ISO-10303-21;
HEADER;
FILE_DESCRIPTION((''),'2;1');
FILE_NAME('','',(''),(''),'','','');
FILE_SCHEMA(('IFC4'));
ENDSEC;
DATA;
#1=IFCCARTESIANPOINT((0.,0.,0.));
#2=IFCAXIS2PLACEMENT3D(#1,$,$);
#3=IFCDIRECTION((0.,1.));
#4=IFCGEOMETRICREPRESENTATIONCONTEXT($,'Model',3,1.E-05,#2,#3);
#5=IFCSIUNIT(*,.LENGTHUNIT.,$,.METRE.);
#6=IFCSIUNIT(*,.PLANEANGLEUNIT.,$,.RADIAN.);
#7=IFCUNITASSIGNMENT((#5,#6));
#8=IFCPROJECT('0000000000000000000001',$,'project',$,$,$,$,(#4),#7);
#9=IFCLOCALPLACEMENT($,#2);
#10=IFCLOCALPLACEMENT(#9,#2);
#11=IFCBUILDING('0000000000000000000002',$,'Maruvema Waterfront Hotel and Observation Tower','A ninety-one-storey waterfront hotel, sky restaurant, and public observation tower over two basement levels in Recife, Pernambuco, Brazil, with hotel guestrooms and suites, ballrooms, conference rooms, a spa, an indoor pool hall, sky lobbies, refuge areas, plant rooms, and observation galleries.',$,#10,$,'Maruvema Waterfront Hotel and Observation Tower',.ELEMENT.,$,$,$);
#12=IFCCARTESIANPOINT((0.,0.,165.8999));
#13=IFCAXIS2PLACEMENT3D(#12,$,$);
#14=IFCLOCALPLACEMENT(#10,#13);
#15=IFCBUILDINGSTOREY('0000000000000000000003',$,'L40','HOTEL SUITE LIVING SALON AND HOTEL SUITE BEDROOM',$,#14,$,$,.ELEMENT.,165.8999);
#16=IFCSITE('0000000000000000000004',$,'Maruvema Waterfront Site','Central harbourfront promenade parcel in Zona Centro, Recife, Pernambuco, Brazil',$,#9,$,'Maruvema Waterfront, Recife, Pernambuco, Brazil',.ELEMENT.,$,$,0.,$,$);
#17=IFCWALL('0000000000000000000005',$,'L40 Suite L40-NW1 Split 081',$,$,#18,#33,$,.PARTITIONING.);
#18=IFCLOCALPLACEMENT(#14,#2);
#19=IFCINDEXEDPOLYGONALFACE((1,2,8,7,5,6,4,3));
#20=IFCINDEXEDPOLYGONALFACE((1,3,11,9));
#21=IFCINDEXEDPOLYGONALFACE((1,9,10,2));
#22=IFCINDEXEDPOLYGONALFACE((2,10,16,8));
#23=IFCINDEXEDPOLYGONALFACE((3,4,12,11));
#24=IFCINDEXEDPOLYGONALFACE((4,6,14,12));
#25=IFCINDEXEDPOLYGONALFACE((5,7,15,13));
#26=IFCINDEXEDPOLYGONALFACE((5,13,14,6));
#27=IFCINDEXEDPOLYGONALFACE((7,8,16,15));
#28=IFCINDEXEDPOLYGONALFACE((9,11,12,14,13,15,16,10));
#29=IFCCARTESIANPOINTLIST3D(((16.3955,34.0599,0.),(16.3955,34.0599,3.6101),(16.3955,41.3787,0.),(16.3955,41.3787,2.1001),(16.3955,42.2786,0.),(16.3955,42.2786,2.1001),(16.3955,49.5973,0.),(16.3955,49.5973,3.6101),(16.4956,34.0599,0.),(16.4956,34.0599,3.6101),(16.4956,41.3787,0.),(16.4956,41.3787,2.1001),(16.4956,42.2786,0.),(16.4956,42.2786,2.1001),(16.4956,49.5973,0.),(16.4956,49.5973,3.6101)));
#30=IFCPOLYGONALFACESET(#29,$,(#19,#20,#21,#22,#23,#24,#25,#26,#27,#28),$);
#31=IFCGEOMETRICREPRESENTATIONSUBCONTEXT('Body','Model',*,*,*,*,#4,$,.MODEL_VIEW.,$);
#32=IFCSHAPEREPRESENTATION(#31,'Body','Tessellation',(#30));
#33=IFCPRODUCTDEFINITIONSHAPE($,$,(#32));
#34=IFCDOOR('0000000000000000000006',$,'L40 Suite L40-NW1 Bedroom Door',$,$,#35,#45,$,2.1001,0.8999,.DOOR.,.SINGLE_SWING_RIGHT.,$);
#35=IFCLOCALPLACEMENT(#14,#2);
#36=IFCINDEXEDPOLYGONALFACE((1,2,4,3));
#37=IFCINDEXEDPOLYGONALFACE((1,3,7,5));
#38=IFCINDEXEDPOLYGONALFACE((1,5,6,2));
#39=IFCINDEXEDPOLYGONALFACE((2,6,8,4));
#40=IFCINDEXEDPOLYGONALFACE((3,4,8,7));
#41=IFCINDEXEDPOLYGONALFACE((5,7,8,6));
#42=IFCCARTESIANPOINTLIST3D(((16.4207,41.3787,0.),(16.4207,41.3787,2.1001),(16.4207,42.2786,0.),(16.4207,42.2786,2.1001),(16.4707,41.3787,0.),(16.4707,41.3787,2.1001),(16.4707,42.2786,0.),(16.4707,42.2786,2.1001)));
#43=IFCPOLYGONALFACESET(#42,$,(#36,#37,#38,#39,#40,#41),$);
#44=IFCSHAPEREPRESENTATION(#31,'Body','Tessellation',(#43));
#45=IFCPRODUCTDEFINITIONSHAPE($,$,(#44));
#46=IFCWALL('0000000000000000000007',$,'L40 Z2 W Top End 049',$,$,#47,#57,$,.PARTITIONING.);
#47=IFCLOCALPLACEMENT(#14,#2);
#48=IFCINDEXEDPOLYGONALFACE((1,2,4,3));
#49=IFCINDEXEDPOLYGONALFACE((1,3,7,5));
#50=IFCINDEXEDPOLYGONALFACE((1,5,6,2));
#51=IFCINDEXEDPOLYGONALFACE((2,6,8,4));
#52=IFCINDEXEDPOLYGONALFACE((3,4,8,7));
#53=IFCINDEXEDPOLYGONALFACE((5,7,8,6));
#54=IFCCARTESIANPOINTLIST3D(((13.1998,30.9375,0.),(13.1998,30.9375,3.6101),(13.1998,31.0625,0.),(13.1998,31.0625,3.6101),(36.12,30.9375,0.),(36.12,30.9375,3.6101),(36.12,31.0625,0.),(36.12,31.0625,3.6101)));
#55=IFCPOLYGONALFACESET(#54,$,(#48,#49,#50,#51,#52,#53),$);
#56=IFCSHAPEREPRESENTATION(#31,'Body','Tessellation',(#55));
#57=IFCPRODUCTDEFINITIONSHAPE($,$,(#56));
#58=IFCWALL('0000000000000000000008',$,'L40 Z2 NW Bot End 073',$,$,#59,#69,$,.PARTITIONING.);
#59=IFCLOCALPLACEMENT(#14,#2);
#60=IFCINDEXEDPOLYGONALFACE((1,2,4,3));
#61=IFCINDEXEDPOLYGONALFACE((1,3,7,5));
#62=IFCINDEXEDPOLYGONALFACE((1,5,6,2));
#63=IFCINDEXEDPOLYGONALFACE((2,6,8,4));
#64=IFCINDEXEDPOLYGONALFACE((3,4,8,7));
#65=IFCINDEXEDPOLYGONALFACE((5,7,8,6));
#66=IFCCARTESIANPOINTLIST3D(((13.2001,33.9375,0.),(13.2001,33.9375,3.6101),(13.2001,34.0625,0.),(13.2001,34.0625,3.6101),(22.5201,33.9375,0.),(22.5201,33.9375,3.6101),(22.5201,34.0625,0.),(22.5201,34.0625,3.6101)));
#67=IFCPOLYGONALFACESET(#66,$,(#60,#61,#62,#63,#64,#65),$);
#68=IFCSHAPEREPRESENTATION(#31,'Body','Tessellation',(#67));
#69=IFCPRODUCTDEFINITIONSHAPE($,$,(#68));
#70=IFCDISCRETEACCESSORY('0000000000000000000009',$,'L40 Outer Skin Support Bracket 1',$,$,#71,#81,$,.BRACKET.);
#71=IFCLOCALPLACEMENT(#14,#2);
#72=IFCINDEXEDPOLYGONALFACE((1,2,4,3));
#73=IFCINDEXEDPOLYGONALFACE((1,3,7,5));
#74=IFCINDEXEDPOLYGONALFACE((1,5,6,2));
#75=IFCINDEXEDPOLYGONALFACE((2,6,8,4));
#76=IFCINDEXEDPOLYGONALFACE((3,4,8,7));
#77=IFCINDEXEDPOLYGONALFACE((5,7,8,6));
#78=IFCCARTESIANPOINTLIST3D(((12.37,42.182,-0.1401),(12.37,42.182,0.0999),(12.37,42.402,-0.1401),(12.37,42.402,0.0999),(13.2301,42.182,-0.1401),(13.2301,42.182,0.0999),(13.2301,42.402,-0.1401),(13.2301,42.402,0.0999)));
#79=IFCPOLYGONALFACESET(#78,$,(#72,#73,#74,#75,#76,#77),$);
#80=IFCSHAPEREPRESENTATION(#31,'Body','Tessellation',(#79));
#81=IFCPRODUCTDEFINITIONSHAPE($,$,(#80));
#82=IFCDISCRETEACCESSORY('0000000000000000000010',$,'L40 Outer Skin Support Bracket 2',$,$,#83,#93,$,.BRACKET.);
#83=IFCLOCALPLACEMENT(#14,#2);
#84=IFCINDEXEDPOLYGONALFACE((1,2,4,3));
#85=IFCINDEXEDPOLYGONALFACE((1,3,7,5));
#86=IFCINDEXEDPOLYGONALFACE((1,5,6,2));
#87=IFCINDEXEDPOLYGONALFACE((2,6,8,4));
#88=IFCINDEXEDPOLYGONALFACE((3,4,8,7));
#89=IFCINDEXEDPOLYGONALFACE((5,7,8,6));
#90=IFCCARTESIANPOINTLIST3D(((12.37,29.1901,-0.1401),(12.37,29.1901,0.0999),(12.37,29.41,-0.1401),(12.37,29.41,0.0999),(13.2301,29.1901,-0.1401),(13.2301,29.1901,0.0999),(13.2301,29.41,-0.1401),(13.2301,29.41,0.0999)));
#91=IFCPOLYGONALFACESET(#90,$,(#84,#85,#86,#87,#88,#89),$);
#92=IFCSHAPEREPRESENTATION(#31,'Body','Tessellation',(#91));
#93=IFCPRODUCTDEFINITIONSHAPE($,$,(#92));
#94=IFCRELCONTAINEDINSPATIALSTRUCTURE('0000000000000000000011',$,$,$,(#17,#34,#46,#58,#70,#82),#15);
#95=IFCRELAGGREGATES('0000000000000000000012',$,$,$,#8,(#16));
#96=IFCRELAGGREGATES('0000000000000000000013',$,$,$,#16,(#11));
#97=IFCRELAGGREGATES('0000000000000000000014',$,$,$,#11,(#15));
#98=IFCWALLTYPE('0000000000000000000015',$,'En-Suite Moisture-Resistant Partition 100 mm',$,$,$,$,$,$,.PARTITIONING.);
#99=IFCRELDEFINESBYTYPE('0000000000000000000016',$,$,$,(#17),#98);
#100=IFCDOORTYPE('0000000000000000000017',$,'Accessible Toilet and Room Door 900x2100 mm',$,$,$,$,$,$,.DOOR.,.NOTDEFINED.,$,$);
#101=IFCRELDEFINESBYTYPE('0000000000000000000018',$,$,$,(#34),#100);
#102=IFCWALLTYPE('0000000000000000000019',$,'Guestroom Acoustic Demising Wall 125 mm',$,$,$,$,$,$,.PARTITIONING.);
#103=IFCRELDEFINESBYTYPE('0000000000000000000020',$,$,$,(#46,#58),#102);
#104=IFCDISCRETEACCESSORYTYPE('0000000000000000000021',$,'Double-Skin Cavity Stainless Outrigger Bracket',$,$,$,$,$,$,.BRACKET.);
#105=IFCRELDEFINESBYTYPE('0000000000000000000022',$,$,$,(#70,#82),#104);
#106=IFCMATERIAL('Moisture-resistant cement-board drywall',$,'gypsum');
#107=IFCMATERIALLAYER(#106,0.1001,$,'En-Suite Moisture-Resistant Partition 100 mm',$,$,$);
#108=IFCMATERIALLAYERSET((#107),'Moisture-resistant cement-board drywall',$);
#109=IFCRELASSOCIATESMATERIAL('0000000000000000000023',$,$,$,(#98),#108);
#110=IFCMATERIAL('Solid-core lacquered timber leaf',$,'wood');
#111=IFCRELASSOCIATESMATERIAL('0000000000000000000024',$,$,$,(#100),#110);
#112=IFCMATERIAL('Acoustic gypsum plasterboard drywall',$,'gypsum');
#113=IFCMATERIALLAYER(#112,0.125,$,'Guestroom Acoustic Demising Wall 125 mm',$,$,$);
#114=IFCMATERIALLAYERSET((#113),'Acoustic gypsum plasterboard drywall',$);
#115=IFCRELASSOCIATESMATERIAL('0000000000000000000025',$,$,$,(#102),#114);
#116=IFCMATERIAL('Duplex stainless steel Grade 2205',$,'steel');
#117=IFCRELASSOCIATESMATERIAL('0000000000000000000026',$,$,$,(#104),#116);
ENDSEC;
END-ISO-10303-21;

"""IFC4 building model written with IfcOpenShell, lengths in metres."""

from ifc_helpers import new_model, si_unit, direction, frame, frame_2d, origin, origin_2d, place, context, subcontext, project, spatial, rectangle, extrude, material, layer, layer_set, type_object, element, fill, save


model = new_model("IFC4")

# Units and contexts
model_context = context("Model", 3, precision=1e-05, world=origin(), true_north=direction((0.0, 1.0)))
body_context = subcontext(model_context, "Body", "Model", "MODEL_VIEW")
ifc_project = project(units=[si_unit("LENGTHUNIT", "METRE"), si_unit("PLANEANGLEUNIT", "RADIAN")], contexts=[model_context])

# Site, building, storey
site_placement = place(None, origin())
site = spatial("IfcSite", under=ifc_project, at=site_placement, Name="Maruvema Waterfront Site", Description="Central harbourfront promenade parcel in Zona Centro, Recife, Pernambuco, Brazil", LongName="Maruvema Waterfront, Recife, Pernambuco, Brazil", CompositionType="ELEMENT", RefElevation=0.0)
building_placement = place(site_placement, origin())
building = spatial("IfcBuilding", under=site, at=building_placement, Name="Maruvema Waterfront Hotel and Observation Tower", Description="A ninety-one-storey waterfront hotel, sky restaurant, and public observation tower over two basement levels in Recife, Pernambuco, Brazil, with hotel guestrooms and suites, ballrooms, conference rooms, a spa, an indoor pool hall, sky lobbies, refuge areas, plant rooms, and observation galleries.", LongName="Maruvema Waterfront Hotel and Observation Tower", CompositionType="ELEMENT")
storey_placement = place(building_placement, frame((0.0, 0.0, 165.8999)))
storey = spatial("IfcBuildingStorey", under=building, at=storey_placement, Name="L40", Description="HOTEL SUITE LIVING SALON AND HOTEL SUITE BEDROOM", CompositionType="ELEMENT", Elevation=165.8999)

# Wall, opening, door
ifc_material_1 = material(Name="Moisture-resistant cement-board drywall", Category="gypsum")
ifc_layer_1 = layer(ifc_material_1, 0.1001, Name="En-Suite Moisture-Resistant Partition 100 mm")
ifc_layer_set_1 = layer_set([ifc_layer_1], Name="Moisture-resistant cement-board drywall")
wall_type_1 = type_object("IfcWallType", Name="En-Suite Moisture-Resistant Partition 100 mm", PredefinedType="PARTITIONING", material=ifc_layer_set_1)
wall_1_placement = place(storey_placement, frame((16.4456, 34.0601, 0.0), z_axis=(0.0, 0.0, 1.0), x_axis=(0.0, 1.0, 0.0)))
wall_1 = element("IfcWall", 1, at=wall_1_placement, inside=storey, type_object=wall_type_1, Name="L40 Suite L40-NW1 Split 081", PredefinedType="PARTITIONING", context=body_context, shape_type="SweptSolid", body=[
    extrude(rectangle(XDim=15.5374, YDim=0.1001, at=frame_2d((7.7686, 0.0))), origin(), (0.0, 0.0, 1.0), 3.6101),
])
opening_1_placement = place(wall_1_placement, frame((7.3186, 0.0, 0.0)))
opening_1 = element("IfcOpeningElement", 2, at=opening_1_placement, cuts=wall_1, PredefinedType="OPENING", context=body_context, shape_type="SweptSolid", body=[
    extrude(rectangle(XDim=0.8999, YDim=2.1001, at=frame_2d((0.45, 1.05))), frame((0.0, 0.0601, 0.0), z_axis=(0.0, -1.0, 0.0), x_axis=(1.0, 0.0, 0.0)), (0.0, 0.0, 1.0), 0.1201),
])
ifc_material_2 = material(Name="Solid-core lacquered timber leaf", Category="wood")
door_type_1 = type_object("IfcDoorType", Name="Accessible Toilet and Room Door 900x2100 mm", OperationType="NOTDEFINED", PredefinedType="DOOR", material=ifc_material_2)
door_1_placement = place(opening_1_placement, origin())
door_1 = element("IfcDoor", 3, at=door_1_placement, inside=storey, type_object=door_type_1, Name="L40 Suite L40-NW1 Bedroom Door", OperationType="SINGLE_SWING_RIGHT", OverallHeight=2.1001, OverallWidth=0.8999, PredefinedType="DOOR", context=body_context, shape_type="SweptSolid", body=[
    extrude(rectangle(XDim=0.8999, YDim=2.1001, at=frame_2d((0.45, 1.05))), frame((0.0, 0.0249, 0.0), z_axis=(0.0, -1.0, 0.0), x_axis=(1.0, 0.0, 0.0)), (0.0, 0.0, 1.0), 0.05),
])
fill(opening_1, door_1)

# Walls
ifc_material_3 = material(Name="Acoustic gypsum plasterboard drywall", Category="gypsum")
ifc_layer_2 = layer(ifc_material_3, 0.125, Name="Guestroom Acoustic Demising Wall 125 mm")
ifc_layer_set_2 = layer_set([ifc_layer_2], Name="Acoustic gypsum plasterboard drywall")
wall_type_2 = type_object("IfcWallType", Name="Guestroom Acoustic Demising Wall 125 mm", PredefinedType="PARTITIONING", material=ifc_layer_set_2)
wall_2_placement = place(storey_placement, frame((13.2, 31.0, 0.0), z_axis=(0.0, 0.0, 1.0), x_axis=(1.0, 0.0, 0.0)))
element("IfcWall", 4, at=wall_2_placement, inside=storey, type_object=wall_type_2, Name="L40 Z2 W Top End 049", PredefinedType="PARTITIONING", context=body_context, shape_type="SweptSolid", body=[
    extrude(rectangle(XDim=22.9202, YDim=0.125, at=frame_2d((11.46, 0.0))), origin(), (0.0, 0.0, 1.0), 3.6101),
])
wall_3_placement = place(storey_placement, frame((13.2, 34.0, 0.0), z_axis=(0.0, 0.0, 1.0), x_axis=(1.0, 0.0, 0.0)))
element("IfcWall", 5, at=wall_3_placement, inside=storey, type_object=wall_type_2, Name="L40 Z2 NW Bot End 073", PredefinedType="PARTITIONING", context=body_context, shape_type="SweptSolid", body=[
    extrude(rectangle(XDim=9.3201, YDim=0.125, at=frame_2d((4.6602, 0.0))), origin(), (0.0, 0.0, 1.0), 3.6101),
])

# Discrete accessories
ifc_material_4 = material(Name="Duplex stainless steel Grade 2205", Category="steel")
discrete_accessory_type = type_object("IfcDiscreteAccessoryType", Name="Double-Skin Cavity Stainless Outrigger Bracket", PredefinedType="BRACKET", material=ifc_material_4)
for number, where, z_axis, x_axis, name in (
    (6, (12.8, 42.292, -0.1401), (0.0, 0.0, 1.0), (0.0, -1.0, 0.0), "L40 Outer Skin Support Bracket 1"),
    (7, (12.8, 29.3, -0.1401), (0.0, 0.0, 1.0), (0.0, -1.0, 0.0), "L40 Outer Skin Support Bracket 2"),
):
    element("IfcDiscreteAccessory", number, at=place(storey_placement, frame(where, z_axis=z_axis, x_axis=x_axis)), inside=storey, type_object=discrete_accessory_type, Name=name, PredefinedType="BRACKET", context=body_context, shape_type="SweptSolid", body=[
        extrude(rectangle(XDim=0.22, YDim=0.8601, at=origin_2d()), origin(), (0.0, 0.0, 1.0), 0.24),
    ])

save(model, "model.ifc")
